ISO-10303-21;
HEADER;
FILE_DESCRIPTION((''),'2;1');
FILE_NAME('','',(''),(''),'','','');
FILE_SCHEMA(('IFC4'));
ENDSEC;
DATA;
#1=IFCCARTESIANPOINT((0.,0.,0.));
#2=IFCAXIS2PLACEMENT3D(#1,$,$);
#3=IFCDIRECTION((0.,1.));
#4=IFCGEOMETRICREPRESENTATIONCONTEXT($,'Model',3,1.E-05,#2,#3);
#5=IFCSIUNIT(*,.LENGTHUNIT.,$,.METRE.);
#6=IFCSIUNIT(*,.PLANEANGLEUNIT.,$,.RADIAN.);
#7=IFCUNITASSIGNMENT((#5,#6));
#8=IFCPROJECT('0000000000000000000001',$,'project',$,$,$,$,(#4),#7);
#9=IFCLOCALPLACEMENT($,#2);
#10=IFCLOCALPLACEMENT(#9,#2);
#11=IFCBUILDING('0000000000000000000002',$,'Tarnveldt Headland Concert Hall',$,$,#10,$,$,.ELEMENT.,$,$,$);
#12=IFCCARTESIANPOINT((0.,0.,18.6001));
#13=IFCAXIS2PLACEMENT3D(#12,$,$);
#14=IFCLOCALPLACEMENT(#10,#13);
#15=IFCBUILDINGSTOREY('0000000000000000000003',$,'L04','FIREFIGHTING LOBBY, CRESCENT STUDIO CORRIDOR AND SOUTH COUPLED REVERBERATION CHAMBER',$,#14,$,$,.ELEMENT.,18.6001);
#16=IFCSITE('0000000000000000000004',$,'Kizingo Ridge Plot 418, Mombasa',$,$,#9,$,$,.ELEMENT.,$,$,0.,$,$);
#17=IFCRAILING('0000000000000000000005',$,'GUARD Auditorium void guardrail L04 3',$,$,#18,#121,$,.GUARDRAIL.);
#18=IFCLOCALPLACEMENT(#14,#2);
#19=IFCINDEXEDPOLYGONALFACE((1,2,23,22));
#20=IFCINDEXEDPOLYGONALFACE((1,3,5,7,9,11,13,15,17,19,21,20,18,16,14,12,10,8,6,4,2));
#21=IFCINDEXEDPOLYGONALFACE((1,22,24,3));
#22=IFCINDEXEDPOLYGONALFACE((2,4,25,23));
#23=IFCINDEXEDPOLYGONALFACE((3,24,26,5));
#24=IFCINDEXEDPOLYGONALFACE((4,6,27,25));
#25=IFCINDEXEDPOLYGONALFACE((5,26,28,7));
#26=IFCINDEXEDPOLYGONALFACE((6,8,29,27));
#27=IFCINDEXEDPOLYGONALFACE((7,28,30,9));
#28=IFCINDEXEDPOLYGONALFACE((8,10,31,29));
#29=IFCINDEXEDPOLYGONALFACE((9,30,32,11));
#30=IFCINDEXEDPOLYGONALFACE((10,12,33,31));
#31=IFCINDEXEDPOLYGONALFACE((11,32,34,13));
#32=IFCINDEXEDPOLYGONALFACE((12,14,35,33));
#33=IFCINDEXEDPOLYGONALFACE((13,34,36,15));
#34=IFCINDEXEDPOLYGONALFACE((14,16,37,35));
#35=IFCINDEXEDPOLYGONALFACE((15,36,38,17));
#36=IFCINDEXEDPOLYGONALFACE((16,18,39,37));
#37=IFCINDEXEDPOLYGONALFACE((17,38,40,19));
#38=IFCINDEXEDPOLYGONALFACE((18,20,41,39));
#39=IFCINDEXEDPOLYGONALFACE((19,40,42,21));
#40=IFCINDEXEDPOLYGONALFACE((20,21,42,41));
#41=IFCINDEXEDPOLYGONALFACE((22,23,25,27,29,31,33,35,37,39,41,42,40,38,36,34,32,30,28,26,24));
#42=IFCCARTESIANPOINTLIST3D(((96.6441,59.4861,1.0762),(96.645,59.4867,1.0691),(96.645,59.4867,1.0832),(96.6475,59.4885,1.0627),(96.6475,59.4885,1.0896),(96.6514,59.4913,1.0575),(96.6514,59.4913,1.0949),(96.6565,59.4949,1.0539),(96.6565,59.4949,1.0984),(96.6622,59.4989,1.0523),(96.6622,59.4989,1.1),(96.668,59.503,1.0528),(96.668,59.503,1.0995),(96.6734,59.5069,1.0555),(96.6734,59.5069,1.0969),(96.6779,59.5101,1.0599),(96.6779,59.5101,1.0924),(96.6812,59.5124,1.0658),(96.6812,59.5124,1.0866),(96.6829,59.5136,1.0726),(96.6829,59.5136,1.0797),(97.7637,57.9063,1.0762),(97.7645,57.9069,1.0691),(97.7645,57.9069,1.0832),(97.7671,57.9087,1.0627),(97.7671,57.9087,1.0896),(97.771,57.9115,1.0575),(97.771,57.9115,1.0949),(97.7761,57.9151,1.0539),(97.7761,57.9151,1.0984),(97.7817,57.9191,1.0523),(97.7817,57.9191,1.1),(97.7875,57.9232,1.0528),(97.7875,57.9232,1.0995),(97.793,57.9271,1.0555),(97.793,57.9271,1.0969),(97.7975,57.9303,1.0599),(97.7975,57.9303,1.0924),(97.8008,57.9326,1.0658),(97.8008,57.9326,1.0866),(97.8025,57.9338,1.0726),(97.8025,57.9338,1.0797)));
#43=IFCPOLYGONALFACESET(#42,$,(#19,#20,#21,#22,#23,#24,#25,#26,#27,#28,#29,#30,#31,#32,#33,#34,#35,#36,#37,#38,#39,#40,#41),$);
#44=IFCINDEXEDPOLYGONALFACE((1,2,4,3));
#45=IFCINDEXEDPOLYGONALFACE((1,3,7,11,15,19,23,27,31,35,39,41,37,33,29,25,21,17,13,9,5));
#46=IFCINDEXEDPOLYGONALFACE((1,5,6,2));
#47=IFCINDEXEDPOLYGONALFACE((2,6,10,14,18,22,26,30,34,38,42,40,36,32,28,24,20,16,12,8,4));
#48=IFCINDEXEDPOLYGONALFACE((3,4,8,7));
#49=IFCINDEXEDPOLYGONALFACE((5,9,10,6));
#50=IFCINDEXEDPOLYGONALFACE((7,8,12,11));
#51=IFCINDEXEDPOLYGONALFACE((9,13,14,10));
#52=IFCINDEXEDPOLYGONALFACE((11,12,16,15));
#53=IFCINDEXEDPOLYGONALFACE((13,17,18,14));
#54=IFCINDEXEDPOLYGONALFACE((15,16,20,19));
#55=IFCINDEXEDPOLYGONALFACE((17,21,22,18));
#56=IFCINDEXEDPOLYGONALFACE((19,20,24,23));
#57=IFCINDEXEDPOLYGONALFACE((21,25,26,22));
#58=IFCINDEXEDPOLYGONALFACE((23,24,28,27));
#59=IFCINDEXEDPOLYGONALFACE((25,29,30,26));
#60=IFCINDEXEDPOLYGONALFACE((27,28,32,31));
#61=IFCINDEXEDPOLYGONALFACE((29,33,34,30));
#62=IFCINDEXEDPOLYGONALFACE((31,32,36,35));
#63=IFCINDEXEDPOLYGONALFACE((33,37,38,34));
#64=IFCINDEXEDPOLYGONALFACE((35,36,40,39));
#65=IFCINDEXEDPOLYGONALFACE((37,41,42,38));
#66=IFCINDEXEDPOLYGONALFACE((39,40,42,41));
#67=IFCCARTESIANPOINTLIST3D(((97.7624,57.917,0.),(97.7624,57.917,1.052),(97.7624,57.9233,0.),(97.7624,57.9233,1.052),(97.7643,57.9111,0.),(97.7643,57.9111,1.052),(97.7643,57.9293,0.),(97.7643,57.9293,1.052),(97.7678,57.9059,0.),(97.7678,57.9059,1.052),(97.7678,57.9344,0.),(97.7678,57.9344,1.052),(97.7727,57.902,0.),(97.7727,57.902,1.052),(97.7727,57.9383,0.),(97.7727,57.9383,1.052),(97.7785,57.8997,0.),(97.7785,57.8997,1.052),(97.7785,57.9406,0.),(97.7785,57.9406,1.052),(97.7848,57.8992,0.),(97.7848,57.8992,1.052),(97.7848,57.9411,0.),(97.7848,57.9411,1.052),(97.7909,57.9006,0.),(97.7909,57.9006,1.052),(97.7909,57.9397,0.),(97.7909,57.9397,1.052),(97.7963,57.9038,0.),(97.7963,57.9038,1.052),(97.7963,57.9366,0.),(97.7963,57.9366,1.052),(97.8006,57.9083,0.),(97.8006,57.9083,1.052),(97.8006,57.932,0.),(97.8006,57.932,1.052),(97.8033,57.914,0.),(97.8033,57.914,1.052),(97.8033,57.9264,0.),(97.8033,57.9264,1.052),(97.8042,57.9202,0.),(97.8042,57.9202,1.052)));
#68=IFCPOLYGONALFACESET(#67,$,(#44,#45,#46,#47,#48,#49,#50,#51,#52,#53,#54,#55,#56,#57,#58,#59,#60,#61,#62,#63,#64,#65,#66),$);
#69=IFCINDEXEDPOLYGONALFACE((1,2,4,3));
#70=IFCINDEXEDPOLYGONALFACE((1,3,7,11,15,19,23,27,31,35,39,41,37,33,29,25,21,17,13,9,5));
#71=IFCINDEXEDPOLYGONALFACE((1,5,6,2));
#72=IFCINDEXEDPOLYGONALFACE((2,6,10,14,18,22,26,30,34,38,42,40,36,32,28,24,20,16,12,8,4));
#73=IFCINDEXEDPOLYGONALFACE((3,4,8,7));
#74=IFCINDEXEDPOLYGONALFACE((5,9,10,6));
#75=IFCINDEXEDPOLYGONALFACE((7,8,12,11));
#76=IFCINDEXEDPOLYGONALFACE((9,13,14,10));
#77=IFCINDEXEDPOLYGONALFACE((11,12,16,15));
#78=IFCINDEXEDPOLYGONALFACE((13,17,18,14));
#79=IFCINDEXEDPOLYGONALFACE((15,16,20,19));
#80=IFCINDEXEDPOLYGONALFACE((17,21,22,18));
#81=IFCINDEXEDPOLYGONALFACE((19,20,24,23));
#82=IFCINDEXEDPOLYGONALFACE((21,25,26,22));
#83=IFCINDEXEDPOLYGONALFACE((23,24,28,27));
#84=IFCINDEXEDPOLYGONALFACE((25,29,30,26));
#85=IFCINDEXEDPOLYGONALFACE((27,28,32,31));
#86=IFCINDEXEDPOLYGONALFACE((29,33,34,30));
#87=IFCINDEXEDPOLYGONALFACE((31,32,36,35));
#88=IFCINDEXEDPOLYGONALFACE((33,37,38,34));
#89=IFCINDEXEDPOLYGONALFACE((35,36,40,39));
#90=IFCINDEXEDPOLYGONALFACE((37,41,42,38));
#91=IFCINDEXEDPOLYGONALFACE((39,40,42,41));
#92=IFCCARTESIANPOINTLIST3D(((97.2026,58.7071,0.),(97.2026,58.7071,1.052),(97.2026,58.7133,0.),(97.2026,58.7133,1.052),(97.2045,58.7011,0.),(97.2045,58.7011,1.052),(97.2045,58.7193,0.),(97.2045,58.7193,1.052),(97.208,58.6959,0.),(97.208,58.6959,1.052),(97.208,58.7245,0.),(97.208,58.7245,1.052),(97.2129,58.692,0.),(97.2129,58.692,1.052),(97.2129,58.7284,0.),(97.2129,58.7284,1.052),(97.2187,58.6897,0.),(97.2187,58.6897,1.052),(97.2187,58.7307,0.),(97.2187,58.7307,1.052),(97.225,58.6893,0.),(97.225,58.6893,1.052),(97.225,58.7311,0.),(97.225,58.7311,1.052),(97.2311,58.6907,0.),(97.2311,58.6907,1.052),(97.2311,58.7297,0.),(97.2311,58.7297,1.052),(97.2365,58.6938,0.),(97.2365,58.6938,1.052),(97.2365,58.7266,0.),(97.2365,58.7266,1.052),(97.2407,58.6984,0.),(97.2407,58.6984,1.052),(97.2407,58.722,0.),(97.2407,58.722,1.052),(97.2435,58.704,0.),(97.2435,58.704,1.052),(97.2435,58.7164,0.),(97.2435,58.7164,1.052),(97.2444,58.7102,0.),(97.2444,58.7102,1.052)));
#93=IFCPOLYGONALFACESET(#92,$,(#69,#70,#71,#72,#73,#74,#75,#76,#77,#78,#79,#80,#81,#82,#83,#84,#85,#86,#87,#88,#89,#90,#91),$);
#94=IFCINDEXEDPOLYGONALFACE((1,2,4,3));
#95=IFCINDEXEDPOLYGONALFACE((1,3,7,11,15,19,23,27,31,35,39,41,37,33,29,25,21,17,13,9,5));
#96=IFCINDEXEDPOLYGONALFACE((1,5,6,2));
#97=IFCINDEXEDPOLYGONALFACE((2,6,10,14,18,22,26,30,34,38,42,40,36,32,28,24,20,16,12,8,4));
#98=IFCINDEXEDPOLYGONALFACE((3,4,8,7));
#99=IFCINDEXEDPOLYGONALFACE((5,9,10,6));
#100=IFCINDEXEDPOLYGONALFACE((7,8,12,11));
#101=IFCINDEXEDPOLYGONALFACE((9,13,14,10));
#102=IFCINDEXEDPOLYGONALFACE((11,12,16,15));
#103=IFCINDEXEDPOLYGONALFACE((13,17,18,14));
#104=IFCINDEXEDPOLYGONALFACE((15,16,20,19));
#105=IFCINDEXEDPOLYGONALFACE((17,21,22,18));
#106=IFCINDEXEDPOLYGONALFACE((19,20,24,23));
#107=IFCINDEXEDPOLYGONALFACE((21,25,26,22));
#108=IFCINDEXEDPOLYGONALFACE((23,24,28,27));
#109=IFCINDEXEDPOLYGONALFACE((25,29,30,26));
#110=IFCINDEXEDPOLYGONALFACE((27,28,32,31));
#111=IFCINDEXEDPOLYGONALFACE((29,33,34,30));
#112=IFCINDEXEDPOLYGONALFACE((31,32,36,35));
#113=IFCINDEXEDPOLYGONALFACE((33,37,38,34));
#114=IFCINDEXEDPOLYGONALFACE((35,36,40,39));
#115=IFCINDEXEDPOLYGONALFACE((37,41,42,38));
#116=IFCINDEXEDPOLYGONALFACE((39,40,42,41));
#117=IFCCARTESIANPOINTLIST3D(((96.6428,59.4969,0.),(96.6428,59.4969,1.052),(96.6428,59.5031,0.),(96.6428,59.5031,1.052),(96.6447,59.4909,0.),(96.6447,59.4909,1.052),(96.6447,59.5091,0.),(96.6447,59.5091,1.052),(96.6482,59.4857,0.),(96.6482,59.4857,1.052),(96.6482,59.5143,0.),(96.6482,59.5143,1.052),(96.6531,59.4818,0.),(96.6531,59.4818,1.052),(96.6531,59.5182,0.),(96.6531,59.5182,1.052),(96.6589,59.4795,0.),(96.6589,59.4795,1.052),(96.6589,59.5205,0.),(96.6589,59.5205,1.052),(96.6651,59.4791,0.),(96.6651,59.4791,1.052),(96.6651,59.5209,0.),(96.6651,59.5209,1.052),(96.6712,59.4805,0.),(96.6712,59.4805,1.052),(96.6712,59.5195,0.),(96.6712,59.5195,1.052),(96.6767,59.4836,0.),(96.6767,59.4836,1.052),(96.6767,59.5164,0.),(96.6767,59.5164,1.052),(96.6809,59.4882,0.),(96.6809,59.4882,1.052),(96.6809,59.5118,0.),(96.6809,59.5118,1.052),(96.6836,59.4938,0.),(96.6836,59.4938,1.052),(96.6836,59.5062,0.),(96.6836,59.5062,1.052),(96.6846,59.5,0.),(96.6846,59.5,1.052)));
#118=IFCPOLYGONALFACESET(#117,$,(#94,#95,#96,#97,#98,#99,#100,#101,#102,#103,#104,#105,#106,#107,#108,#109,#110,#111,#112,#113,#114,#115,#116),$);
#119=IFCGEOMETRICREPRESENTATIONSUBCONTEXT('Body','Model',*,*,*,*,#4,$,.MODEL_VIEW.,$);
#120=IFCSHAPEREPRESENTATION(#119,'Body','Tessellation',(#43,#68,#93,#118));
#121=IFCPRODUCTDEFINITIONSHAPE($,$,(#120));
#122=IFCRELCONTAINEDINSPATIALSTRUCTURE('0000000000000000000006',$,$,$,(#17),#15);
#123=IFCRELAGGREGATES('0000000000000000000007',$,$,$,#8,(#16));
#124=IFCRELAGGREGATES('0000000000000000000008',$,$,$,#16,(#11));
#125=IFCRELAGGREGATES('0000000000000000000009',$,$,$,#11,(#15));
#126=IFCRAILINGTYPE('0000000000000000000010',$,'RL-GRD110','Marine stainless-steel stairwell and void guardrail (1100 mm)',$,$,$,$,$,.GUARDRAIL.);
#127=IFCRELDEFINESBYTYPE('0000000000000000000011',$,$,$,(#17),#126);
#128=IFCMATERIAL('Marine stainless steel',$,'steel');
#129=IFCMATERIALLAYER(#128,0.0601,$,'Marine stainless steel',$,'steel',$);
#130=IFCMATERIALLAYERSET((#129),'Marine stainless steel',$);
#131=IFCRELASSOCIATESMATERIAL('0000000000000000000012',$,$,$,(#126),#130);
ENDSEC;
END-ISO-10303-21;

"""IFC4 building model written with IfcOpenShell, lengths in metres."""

from ifc_helpers import new_model, si_unit, direction, frame, origin, origin_2d, place, context, subcontext, project, spatial, circle, extrude, material, layer, layer_set, type_object, element, save


model = new_model("IFC4")

# Units and contexts
model_context = context("Model", 3, precision=1e-05, world=origin(), true_north=direction((0.0, 1.0)))
body_context = subcontext(model_context, "Body", "Model", "MODEL_VIEW")
ifc_project = project(units=[si_unit("LENGTHUNIT", "METRE"), si_unit("PLANEANGLEUNIT", "RADIAN")], contexts=[model_context])

# Site, building, storey
site_placement = place(None, origin())
site = spatial("IfcSite", under=ifc_project, at=site_placement, Name="Kizingo Ridge Plot 418, Mombasa", CompositionType="ELEMENT", RefElevation=0.0)
building_placement = place(site_placement, origin())
building = spatial("IfcBuilding", under=site, at=building_placement, Name="Tarnveldt Headland Concert Hall", CompositionType="ELEMENT")
storey_placement = place(building_placement, frame((0.0, 0.0, 18.6001)))
storey = spatial("IfcBuildingStorey", under=building, at=storey_placement, Name="L04", Description="FIREFIGHTING LOBBY, CRESCENT STUDIO CORRIDOR AND SOUTH COUPLED REVERBERATION CHAMBER", CompositionType="ELEMENT", Elevation=18.6001)

# Railing
ifc_material_1 = material(Name="Marine stainless steel", Category="steel")
ifc_layer_1 = layer(ifc_material_1, 0.0601, Name="Marine stainless steel", Category="steel")
ifc_layer_set_1 = layer_set([ifc_layer_1], Name="Marine stainless steel")
railing_type = type_object("IfcRailingType", Name="RL-GRD110", Description="Marine stainless-steel stairwell and void guardrail (1100 mm)", PredefinedType="GUARDRAIL", material=ifc_layer_set_1)
railing_1_placement = place(storey_placement, frame((97.7832, 57.9202, 0.0)))
element("IfcRailing", 1, at=railing_1_placement, inside=storey, type_object=railing_type, Name="GUARD Auditorium void guardrail L04 3", PredefinedType="GUARDRAIL", context=body_context, shape_type="SweptSolid", body=[
    extrude(circle(Radius=0.0239, at=origin_2d()), frame((0.0, 0.0, 1.0762), z_axis=(-0.578217, 0.815883, 0.0), x_axis=(-0.815883, -0.578217, 0.0)), (0.0, 0.0, 1.0), 1.9363),
    extrude(circle(Radius=0.021, at=origin_2d()), origin(), (0.0, 0.0, 1.0), 1.052),
    extrude(circle(Radius=0.021, at=origin_2d()), frame((-0.5598, 0.79, 0.0)), (0.0, 0.0, 1.0), 1.052),
    extrude(circle(Radius=0.021, at=origin_2d()), frame((-1.1196, 1.5798, 0.0)), (0.0, 0.0, 1.0), 1.052),
])

save(model, "model.ifc")
